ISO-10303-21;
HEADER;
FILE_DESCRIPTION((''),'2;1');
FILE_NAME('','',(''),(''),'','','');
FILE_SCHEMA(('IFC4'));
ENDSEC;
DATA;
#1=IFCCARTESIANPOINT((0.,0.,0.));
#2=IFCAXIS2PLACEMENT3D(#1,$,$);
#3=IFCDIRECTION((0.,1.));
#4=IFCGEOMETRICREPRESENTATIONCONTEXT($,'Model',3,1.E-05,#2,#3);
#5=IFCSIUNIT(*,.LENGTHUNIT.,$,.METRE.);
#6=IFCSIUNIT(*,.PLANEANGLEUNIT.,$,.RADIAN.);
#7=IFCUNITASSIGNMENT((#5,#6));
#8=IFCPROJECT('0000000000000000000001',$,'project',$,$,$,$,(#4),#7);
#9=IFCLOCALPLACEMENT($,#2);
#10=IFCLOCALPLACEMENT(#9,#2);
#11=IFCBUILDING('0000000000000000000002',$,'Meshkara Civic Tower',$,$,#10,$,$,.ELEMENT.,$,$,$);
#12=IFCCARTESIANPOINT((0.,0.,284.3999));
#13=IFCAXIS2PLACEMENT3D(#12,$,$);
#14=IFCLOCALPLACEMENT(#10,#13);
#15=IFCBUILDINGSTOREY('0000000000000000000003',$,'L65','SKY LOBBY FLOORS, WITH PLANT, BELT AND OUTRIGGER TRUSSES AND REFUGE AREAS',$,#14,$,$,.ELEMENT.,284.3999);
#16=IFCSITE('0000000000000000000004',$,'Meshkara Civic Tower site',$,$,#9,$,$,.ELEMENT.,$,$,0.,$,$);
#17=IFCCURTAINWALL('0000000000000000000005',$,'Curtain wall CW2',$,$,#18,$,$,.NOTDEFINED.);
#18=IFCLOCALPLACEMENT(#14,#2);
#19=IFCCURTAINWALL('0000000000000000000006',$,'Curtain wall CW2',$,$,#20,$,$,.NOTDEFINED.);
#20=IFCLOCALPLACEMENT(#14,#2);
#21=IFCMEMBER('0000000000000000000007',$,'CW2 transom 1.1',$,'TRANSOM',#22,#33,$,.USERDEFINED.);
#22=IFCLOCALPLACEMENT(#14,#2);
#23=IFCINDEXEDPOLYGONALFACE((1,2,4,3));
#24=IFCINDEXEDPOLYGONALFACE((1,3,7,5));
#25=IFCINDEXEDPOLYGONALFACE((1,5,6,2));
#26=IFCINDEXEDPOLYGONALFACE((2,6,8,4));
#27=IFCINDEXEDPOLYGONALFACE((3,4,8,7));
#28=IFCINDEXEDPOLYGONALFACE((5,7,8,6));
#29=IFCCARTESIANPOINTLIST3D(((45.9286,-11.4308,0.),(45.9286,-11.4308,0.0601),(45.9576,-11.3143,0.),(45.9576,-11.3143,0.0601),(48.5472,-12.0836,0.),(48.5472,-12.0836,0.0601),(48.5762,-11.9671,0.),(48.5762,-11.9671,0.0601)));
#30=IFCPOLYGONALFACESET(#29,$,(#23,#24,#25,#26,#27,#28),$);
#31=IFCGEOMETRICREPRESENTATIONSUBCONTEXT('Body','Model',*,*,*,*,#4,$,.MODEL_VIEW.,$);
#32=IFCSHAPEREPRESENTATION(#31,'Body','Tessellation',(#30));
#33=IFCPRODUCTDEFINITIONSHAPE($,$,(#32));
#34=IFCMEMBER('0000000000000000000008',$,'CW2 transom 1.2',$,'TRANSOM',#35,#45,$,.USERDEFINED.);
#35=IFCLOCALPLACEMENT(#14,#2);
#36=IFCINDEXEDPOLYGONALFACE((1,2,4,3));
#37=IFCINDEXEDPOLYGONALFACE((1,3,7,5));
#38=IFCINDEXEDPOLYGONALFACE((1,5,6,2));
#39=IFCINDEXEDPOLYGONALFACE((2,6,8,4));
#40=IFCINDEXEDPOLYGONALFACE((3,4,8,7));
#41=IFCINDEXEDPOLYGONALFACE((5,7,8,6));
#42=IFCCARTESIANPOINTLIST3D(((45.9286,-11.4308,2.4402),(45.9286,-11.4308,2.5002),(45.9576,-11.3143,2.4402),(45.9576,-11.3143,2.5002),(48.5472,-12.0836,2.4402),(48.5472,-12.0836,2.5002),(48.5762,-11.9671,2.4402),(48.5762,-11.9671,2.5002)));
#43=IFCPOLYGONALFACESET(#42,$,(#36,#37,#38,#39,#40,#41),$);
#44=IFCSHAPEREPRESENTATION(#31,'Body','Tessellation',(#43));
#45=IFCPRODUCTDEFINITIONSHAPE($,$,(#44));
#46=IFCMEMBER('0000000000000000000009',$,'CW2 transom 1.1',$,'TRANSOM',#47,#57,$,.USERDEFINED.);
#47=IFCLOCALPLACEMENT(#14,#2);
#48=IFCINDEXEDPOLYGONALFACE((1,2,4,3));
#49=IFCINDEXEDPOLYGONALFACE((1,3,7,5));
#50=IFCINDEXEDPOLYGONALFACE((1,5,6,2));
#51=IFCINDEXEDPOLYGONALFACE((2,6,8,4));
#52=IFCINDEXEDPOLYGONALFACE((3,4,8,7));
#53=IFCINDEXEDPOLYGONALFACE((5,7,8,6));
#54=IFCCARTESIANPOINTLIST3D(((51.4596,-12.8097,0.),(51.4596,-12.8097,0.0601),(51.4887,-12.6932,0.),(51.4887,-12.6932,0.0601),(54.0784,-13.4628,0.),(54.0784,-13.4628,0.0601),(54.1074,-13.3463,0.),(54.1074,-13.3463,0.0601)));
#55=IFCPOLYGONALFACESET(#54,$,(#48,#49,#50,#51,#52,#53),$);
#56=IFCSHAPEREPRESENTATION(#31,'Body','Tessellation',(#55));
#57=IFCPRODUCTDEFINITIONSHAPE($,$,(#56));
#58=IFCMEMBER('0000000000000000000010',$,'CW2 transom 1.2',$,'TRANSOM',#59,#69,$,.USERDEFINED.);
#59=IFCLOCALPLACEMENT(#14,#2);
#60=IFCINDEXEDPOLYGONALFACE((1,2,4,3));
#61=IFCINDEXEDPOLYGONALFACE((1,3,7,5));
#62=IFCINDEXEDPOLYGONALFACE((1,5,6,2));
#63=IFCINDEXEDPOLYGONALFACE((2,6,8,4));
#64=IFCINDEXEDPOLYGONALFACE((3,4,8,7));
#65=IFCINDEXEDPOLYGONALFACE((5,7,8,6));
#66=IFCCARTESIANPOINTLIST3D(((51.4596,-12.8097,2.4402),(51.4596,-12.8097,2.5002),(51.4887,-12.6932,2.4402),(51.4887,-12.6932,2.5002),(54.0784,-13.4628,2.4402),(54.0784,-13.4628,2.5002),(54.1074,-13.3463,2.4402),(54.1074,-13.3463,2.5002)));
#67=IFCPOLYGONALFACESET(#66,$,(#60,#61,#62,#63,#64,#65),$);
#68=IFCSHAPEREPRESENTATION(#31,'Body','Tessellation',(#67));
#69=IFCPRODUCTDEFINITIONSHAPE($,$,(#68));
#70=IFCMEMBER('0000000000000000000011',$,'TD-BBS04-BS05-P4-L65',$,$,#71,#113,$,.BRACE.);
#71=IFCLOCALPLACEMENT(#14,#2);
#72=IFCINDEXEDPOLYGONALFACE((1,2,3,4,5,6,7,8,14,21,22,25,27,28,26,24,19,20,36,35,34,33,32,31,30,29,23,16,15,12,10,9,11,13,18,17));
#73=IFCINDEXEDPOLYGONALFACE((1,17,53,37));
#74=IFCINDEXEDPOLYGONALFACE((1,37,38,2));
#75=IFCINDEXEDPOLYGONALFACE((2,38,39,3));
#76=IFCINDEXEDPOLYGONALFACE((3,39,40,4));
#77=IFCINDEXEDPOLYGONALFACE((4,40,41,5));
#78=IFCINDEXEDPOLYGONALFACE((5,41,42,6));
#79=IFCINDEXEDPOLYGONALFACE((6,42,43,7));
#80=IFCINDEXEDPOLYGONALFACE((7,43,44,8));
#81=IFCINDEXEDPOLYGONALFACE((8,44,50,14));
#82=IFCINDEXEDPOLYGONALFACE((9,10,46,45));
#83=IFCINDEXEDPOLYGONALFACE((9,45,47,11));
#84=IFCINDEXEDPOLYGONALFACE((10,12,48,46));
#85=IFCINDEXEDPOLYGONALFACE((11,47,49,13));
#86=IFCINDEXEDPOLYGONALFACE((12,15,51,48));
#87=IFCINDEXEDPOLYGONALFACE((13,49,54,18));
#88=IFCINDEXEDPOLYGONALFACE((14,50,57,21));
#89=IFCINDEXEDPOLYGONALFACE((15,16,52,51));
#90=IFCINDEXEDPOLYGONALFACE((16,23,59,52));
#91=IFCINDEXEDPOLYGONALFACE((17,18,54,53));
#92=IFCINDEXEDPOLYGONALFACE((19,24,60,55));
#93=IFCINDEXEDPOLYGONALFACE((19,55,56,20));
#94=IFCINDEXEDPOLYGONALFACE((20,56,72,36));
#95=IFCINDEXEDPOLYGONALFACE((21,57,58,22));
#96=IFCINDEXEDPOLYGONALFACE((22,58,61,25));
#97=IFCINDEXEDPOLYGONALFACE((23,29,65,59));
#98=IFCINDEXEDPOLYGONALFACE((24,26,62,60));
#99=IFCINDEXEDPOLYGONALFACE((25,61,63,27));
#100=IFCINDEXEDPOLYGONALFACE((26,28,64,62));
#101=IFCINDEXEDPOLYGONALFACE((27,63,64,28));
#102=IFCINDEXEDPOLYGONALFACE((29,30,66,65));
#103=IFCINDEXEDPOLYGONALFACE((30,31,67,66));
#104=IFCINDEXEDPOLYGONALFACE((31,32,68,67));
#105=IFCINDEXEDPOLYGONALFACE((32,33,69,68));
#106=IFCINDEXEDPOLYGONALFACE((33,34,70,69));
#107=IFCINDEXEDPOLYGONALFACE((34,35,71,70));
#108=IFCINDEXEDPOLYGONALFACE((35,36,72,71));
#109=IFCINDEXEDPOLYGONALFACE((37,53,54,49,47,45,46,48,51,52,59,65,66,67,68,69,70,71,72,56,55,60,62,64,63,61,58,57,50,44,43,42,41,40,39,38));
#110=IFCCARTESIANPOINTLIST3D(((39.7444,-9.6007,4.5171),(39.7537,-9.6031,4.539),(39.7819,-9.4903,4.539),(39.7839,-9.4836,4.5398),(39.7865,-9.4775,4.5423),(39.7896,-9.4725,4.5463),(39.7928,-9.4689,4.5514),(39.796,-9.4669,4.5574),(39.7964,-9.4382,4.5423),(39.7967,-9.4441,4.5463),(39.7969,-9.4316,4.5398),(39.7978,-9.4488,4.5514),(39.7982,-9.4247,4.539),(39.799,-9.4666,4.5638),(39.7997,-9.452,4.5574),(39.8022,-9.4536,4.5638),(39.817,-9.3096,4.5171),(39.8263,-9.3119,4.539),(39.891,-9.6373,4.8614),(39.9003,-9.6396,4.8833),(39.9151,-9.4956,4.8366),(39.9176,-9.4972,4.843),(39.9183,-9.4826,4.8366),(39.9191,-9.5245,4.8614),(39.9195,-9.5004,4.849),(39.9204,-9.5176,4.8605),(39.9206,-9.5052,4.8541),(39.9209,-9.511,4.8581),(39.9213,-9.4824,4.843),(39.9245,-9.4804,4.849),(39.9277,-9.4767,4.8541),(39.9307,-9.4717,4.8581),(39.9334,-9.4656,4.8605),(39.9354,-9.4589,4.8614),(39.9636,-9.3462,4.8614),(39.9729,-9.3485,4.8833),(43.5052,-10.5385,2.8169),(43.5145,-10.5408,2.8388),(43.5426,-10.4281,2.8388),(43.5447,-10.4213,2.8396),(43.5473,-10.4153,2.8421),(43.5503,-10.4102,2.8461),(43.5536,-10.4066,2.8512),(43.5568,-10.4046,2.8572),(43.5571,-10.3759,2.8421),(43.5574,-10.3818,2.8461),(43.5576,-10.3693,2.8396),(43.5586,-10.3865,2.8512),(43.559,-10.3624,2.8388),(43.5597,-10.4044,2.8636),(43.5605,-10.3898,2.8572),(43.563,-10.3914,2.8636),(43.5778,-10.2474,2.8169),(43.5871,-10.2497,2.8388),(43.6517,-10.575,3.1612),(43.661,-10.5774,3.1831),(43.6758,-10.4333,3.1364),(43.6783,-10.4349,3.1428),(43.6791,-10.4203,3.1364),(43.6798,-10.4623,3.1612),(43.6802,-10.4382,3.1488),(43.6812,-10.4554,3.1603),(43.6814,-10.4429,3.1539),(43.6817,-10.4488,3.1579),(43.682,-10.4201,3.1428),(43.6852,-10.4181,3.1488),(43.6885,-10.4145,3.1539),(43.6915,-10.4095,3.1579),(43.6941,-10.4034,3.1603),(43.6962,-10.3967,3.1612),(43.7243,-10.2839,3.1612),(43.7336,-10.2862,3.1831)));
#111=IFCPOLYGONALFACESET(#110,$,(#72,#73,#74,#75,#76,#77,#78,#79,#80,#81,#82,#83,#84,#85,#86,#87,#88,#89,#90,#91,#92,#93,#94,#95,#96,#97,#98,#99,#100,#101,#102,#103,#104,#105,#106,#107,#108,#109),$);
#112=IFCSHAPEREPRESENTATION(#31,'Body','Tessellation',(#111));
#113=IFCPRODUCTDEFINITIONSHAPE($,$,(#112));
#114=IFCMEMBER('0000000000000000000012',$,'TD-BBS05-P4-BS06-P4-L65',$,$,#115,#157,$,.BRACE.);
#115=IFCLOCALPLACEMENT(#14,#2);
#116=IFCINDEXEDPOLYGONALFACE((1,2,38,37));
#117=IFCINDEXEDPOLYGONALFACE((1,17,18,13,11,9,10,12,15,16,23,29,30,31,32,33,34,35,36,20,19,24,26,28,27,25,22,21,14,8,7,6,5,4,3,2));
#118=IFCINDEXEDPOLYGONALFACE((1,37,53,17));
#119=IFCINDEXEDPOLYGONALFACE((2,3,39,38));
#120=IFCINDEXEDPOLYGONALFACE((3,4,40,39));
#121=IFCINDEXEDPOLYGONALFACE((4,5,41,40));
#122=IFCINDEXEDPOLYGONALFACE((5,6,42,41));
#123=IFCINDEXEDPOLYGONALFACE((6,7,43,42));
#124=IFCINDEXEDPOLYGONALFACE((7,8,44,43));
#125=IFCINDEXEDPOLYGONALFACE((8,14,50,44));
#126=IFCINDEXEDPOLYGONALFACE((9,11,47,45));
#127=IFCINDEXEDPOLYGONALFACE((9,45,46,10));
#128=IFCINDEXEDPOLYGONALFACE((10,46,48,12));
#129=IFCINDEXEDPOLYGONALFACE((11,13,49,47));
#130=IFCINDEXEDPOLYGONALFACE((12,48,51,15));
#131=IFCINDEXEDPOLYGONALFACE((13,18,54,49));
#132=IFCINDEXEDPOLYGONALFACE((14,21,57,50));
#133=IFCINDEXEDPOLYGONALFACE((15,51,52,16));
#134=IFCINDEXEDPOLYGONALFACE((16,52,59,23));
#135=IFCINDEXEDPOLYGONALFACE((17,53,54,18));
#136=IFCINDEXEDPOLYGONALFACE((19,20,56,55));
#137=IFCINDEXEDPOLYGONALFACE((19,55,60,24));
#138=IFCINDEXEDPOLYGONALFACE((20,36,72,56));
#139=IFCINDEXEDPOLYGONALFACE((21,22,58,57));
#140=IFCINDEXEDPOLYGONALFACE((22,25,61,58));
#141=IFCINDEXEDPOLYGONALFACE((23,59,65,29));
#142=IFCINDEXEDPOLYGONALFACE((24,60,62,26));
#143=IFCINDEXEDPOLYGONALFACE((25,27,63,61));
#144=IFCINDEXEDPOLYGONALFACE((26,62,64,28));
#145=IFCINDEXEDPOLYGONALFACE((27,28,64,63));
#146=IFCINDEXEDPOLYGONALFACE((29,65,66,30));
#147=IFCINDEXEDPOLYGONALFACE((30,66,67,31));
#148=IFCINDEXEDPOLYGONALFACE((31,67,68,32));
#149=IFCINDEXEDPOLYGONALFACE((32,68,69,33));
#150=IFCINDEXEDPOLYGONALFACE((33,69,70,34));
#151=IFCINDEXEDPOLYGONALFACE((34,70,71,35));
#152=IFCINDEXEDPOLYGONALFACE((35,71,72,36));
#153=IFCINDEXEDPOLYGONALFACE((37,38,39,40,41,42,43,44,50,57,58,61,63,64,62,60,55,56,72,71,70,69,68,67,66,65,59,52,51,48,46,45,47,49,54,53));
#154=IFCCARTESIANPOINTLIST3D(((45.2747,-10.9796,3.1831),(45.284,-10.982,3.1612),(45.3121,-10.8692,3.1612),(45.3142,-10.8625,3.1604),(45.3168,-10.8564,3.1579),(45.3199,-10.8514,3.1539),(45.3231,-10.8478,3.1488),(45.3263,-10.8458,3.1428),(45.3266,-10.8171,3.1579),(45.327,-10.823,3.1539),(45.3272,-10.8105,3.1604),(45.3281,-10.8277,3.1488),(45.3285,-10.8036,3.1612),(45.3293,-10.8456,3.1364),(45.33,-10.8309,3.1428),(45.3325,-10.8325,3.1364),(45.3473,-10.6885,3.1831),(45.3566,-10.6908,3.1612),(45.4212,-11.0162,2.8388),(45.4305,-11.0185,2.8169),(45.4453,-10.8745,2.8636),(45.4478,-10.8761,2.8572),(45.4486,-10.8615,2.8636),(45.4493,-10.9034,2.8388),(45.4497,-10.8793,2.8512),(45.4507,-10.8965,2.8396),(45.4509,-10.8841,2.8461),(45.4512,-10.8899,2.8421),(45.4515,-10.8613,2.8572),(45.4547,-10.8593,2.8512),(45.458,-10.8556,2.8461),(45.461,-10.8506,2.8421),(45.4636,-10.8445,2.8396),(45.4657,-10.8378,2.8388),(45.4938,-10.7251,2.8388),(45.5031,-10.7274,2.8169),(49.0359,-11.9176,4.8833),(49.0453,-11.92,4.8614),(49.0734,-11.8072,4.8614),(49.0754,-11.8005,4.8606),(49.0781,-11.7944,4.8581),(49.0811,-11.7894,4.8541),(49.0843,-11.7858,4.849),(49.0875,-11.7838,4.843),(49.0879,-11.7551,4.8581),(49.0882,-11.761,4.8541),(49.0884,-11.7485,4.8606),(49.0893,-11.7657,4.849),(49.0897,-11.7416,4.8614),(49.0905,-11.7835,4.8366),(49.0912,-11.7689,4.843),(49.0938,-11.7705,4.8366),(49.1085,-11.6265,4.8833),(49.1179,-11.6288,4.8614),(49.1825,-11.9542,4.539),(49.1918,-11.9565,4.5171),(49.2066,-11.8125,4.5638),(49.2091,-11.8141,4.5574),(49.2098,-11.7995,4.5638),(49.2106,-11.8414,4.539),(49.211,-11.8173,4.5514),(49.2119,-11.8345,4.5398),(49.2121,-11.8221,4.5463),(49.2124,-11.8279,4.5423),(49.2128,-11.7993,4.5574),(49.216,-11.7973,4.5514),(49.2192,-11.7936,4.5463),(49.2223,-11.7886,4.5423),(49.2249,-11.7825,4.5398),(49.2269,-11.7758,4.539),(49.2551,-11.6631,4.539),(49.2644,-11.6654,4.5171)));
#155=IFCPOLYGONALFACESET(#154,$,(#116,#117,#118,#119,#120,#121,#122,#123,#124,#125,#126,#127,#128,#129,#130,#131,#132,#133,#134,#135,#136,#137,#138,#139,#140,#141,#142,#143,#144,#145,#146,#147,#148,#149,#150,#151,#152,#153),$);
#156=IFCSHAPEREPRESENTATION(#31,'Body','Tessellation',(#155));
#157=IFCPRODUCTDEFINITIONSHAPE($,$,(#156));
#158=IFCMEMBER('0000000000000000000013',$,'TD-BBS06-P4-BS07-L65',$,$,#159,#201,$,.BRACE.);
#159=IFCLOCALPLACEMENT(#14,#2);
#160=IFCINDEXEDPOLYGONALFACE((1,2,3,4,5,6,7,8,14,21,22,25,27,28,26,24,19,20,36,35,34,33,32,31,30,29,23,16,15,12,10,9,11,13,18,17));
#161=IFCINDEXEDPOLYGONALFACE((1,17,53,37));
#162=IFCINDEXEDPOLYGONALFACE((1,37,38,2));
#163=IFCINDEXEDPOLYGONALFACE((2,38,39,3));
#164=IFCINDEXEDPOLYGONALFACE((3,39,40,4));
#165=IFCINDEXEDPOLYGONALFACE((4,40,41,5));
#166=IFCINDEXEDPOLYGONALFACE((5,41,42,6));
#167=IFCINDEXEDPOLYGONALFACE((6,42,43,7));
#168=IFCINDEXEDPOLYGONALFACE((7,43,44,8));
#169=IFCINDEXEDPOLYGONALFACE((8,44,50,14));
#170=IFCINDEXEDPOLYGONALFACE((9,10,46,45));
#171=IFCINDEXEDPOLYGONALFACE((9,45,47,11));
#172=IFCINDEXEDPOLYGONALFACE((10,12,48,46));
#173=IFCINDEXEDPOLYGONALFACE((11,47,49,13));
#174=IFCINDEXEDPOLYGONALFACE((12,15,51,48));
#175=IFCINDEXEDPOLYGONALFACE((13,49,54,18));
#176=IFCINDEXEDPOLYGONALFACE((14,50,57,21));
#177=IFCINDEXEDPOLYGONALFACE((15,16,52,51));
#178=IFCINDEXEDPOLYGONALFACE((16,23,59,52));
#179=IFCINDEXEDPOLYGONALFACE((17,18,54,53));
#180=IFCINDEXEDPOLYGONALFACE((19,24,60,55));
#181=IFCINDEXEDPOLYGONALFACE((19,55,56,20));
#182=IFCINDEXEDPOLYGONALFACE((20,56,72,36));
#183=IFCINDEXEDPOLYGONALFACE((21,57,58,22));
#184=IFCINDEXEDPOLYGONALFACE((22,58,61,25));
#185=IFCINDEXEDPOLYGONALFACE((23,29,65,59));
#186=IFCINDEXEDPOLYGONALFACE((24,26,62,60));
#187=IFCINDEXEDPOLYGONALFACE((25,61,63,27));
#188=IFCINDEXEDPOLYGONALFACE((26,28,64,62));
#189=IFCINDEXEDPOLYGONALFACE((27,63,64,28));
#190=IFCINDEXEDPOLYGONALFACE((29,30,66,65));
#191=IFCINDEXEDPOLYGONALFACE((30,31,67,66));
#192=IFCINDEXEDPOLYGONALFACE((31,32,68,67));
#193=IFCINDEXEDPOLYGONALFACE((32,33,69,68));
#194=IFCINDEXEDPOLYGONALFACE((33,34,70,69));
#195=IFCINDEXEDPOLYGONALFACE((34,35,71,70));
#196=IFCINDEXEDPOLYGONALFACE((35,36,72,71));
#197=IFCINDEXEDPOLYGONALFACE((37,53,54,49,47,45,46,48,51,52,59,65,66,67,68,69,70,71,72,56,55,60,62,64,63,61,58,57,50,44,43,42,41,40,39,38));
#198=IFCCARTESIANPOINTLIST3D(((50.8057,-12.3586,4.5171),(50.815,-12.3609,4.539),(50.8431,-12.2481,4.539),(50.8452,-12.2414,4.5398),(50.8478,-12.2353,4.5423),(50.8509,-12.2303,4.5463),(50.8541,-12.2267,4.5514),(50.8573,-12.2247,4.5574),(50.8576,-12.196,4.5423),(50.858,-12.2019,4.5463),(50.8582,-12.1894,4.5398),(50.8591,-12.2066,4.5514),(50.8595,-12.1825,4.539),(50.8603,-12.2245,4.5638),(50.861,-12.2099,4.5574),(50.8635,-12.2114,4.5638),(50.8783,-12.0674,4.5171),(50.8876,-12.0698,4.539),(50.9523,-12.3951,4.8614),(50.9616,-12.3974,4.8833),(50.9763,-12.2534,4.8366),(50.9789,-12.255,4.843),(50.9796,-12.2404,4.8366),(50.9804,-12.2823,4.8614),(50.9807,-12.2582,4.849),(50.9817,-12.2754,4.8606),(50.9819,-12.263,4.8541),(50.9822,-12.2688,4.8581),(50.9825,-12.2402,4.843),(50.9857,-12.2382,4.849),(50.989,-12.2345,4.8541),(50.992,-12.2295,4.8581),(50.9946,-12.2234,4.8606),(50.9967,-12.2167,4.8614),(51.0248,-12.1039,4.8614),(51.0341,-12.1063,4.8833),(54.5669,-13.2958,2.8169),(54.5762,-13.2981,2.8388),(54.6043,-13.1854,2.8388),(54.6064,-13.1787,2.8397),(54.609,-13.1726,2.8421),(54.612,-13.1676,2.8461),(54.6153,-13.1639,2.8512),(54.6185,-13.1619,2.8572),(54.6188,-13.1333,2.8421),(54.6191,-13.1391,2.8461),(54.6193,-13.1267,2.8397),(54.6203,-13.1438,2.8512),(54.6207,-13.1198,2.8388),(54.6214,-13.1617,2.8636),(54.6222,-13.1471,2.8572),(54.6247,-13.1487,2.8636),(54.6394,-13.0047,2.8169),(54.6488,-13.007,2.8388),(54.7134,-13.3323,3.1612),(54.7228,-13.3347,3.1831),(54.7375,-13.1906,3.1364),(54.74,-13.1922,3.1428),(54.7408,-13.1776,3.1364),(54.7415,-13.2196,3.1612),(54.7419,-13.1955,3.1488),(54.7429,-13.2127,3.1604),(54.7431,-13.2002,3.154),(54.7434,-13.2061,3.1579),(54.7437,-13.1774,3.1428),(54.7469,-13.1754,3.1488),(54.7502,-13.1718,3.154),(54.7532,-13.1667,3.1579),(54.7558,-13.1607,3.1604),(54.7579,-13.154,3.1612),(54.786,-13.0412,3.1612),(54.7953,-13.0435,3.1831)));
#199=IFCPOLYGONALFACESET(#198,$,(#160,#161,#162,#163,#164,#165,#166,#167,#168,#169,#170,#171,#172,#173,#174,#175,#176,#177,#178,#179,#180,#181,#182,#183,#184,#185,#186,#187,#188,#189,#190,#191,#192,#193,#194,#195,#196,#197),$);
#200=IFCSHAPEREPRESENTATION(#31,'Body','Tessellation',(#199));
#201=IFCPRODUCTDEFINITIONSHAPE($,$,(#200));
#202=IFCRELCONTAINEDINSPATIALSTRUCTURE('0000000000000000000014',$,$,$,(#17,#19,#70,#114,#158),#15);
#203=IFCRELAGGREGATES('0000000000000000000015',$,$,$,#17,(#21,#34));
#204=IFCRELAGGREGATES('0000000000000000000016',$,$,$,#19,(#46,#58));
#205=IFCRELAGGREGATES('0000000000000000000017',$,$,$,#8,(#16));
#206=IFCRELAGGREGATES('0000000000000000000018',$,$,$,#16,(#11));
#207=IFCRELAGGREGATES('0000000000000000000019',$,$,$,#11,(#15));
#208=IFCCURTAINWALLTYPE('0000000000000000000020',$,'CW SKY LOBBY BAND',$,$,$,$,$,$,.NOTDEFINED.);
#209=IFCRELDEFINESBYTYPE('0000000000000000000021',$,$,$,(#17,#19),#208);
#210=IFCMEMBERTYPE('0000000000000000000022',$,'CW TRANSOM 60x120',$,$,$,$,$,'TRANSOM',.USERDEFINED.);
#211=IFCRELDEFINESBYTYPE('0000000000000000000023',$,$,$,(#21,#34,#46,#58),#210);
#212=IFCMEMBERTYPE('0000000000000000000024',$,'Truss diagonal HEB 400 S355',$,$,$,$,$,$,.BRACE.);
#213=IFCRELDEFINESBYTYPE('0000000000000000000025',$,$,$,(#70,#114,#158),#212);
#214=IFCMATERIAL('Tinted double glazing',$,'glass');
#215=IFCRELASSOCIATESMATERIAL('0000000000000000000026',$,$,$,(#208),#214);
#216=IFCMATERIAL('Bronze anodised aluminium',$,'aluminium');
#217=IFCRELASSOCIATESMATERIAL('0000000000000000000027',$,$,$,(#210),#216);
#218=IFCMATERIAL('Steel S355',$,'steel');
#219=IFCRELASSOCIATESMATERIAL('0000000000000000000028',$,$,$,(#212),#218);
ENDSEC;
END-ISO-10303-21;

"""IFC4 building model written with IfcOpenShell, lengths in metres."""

from ifc_helpers import new_model, si_unit, direction, frame, origin, origin_2d, place, context, subcontext, project, spatial, rectangle, i_section, extrude, material, material_profile, profile_set, type_object, element, aggregate, save


model = new_model("IFC4")

# Units and contexts
model_context = context("Model", 3, precision=1e-05, world=origin(), true_north=direction((0.0, 1.0)))
body_context = subcontext(model_context, "Body", "Model", "MODEL_VIEW")
ifc_project = project(units=[si_unit("LENGTHUNIT", "METRE"), si_unit("PLANEANGLEUNIT", "RADIAN")], contexts=[model_context])

# Site, building, storey
site_placement = place(None, origin())
site = spatial("IfcSite", under=ifc_project, at=site_placement, Name="Meshkara Civic Tower site", CompositionType="ELEMENT", RefElevation=0.0)
building_placement = place(site_placement, origin())
building = spatial("IfcBuilding", under=site, at=building_placement, Name="Meshkara Civic Tower", CompositionType="ELEMENT")
storey_placement = place(building_placement, frame((0.0, 0.0, 284.3999)))
storey = spatial("IfcBuildingStorey", under=building, at=storey_placement, Name="L65", Description="SKY LOBBY FLOORS, WITH PLANT, BELT AND OUTRIGGER TRUSSES AND REFUGE AREAS", CompositionType="ELEMENT", Elevation=284.3999)

# Curtain wall
ifc_material_1 = material(Name="Tinted double glazing", Category="glass")
curtain_wall_type = type_object("IfcCurtainWallType", Name="CW SKY LOBBY BAND", PredefinedType="NOTDEFINED", material=ifc_material_1)
curtain_wall_1_placement = place(storey_placement, origin())
curtain_wall_1 = element("IfcCurtainWall", 1, at=curtain_wall_1_placement, inside=storey, type_object=curtain_wall_type, Name="Curtain wall CW2", PredefinedType="NOTDEFINED")

# Curtain wall
curtain_wall_2_placement = place(storey_placement, origin())
curtain_wall_2 = element("IfcCurtainWall", 2, at=curtain_wall_2_placement, inside=storey, type_object=curtain_wall_type, Name="Curtain wall CW2", PredefinedType="NOTDEFINED")

# Members
ifc_material_2 = material(Name="Bronze anodised aluminium", Category="aluminium")
ifc_material_profile_1 = material_profile(ifc_material_2, rectangle(XDim=0.1201, YDim=0.0601, at=origin_2d()))
ifc_profile_set_1 = profile_set([ifc_material_profile_1], Name="Bronze anodised aluminium")
member_type_1 = type_object("IfcMemberType", Name="CW TRANSOM 60x120", ElementType="TRANSOM", PredefinedType="USERDEFINED", material=ifc_profile_set_1)
member_1_placement = place(storey_placement, frame((45.9431, -11.3726, 0.03), z_axis=(0.970302, -0.241897, 0.0), x_axis=(0.241897, 0.970302, 0.0)))
member_1 = element("IfcMember", 3, at=member_1_placement, type_object=member_type_1, Name="CW2 transom 1.1", ObjectType="TRANSOM", PredefinedType="USERDEFINED", context=body_context, shape_type="SweptSolid", body=[
    extrude(rectangle(XDim=0.1201, YDim=0.0601, at=origin_2d()), origin(), (0.0, 0.0, 1.0), 2.6987),
])
member_2_placement = place(storey_placement, frame((45.9431, -11.3726, 2.4702), z_axis=(0.970302, -0.241897, 0.0), x_axis=(0.241897, 0.970302, 0.0)))
member_2 = element("IfcMember", 4, at=member_2_placement, type_object=member_type_1, Name="CW2 transom 1.2", ObjectType="TRANSOM", PredefinedType="USERDEFINED", context=body_context, shape_type="SweptSolid", body=[
    extrude(rectangle(XDim=0.1201, YDim=0.0601, at=origin_2d()), origin(), (0.0, 0.0, 1.0), 2.6987),
])
member_3_placement = place(storey_placement, frame((51.4741, -12.7515, 0.03), z_axis=(0.970281, -0.241982, 0.0), x_axis=(0.241982, 0.970281, 0.0)))
member_3 = element("IfcMember", 5, at=member_3_placement, type_object=member_type_1, Name="CW2 transom 1.1", ObjectType="TRANSOM", PredefinedType="USERDEFINED", context=body_context, shape_type="SweptSolid", body=[
    extrude(rectangle(XDim=0.1201, YDim=0.0601, at=origin_2d()), origin(), (0.0, 0.0, 1.0), 2.699),
])
member_4_placement = place(storey_placement, frame((51.4741, -12.7515, 2.4702), z_axis=(0.970281, -0.241982, 0.0), x_axis=(0.241982, 0.970281, 0.0)))
member_4 = element("IfcMember", 6, at=member_4_placement, type_object=member_type_1, Name="CW2 transom 1.2", ObjectType="TRANSOM", PredefinedType="USERDEFINED", context=body_context, shape_type="SweptSolid", body=[
    extrude(rectangle(XDim=0.1201, YDim=0.0601, at=origin_2d()), origin(), (0.0, 0.0, 1.0), 2.699),
])

# Members
ifc_material_3 = material(Name="Steel S355", Category="steel")
ifc_material_profile_2 = material_profile(ifc_material_3, i_section(OverallWidth=0.3, OverallDepth=0.3999, WebThickness=0.0134, FlangeThickness=0.0239, FilletRadius=0.0271, at=origin_2d()))
ifc_profile_set_2 = profile_set([ifc_material_profile_2], Name="Steel S355")
member_type_2 = type_object("IfcMemberType", Name="Truss diagonal HEB 400 S355", PredefinedType="BRACE", material=ifc_profile_set_2)
member_5_placement = place(storey_placement, frame((39.8586, -9.4746, 4.7002), z_axis=(0.88856, -0.221563, -0.40171), x_axis=(0.241943, 0.970291, 0.0)))
element("IfcMember", 7, at=member_5_placement, inside=storey, type_object=member_type_2, Name="TD-BBS04-BS05-P4-L65", PredefinedType="BRACE", context=body_context, shape_type="SweptSolid", body=[
    extrude(i_section(OverallWidth=0.3, OverallDepth=0.3999, WebThickness=0.0134, FlangeThickness=0.0239, FilletRadius=0.0271, at=origin_2d()), origin(), (0.0, 0.0, 1.0), 4.2324),
])
member_6_placement = place(storey_placement, frame((45.3889, -10.8535, 3.0), z_axis=(0.888573, -0.221595, 0.401663), x_axis=(0.241972, 0.970283, 0.0)))
element("IfcMember", 8, at=member_6_placement, inside=storey, type_object=member_type_2, Name="TD-BBS05-P4-BS06-P4-L65", PredefinedType="BRACE", context=body_context, shape_type="SweptSolid", body=[
    extrude(i_section(OverallWidth=0.3, OverallDepth=0.3999, WebThickness=0.0134, FlangeThickness=0.0239, FilletRadius=0.0271, at=origin_2d()), origin(), (0.0, 0.0, 1.0), 4.2329),
])
member_7_placement = place(storey_placement, frame((50.9199, -12.2324, 4.7002), z_axis=(0.888607, -0.221431, -0.401679), x_axis=(0.241795, 0.970327, 0.0)))
element("IfcMember", 9, at=member_7_placement, inside=storey, type_object=member_type_2, Name="TD-BBS06-P4-BS07-L65", PredefinedType="BRACE", context=body_context, shape_type="SweptSolid", body=[
    extrude(i_section(OverallWidth=0.3, OverallDepth=0.3999, WebThickness=0.0134, FlangeThickness=0.0239, FilletRadius=0.0271, at=origin_2d()), origin(), (0.0, 0.0, 1.0), 4.2327),
])

aggregate(curtain_wall_1, [member_1, member_2])
aggregate(curtain_wall_2, [member_3, member_4])

save(model, "model.ifc")
